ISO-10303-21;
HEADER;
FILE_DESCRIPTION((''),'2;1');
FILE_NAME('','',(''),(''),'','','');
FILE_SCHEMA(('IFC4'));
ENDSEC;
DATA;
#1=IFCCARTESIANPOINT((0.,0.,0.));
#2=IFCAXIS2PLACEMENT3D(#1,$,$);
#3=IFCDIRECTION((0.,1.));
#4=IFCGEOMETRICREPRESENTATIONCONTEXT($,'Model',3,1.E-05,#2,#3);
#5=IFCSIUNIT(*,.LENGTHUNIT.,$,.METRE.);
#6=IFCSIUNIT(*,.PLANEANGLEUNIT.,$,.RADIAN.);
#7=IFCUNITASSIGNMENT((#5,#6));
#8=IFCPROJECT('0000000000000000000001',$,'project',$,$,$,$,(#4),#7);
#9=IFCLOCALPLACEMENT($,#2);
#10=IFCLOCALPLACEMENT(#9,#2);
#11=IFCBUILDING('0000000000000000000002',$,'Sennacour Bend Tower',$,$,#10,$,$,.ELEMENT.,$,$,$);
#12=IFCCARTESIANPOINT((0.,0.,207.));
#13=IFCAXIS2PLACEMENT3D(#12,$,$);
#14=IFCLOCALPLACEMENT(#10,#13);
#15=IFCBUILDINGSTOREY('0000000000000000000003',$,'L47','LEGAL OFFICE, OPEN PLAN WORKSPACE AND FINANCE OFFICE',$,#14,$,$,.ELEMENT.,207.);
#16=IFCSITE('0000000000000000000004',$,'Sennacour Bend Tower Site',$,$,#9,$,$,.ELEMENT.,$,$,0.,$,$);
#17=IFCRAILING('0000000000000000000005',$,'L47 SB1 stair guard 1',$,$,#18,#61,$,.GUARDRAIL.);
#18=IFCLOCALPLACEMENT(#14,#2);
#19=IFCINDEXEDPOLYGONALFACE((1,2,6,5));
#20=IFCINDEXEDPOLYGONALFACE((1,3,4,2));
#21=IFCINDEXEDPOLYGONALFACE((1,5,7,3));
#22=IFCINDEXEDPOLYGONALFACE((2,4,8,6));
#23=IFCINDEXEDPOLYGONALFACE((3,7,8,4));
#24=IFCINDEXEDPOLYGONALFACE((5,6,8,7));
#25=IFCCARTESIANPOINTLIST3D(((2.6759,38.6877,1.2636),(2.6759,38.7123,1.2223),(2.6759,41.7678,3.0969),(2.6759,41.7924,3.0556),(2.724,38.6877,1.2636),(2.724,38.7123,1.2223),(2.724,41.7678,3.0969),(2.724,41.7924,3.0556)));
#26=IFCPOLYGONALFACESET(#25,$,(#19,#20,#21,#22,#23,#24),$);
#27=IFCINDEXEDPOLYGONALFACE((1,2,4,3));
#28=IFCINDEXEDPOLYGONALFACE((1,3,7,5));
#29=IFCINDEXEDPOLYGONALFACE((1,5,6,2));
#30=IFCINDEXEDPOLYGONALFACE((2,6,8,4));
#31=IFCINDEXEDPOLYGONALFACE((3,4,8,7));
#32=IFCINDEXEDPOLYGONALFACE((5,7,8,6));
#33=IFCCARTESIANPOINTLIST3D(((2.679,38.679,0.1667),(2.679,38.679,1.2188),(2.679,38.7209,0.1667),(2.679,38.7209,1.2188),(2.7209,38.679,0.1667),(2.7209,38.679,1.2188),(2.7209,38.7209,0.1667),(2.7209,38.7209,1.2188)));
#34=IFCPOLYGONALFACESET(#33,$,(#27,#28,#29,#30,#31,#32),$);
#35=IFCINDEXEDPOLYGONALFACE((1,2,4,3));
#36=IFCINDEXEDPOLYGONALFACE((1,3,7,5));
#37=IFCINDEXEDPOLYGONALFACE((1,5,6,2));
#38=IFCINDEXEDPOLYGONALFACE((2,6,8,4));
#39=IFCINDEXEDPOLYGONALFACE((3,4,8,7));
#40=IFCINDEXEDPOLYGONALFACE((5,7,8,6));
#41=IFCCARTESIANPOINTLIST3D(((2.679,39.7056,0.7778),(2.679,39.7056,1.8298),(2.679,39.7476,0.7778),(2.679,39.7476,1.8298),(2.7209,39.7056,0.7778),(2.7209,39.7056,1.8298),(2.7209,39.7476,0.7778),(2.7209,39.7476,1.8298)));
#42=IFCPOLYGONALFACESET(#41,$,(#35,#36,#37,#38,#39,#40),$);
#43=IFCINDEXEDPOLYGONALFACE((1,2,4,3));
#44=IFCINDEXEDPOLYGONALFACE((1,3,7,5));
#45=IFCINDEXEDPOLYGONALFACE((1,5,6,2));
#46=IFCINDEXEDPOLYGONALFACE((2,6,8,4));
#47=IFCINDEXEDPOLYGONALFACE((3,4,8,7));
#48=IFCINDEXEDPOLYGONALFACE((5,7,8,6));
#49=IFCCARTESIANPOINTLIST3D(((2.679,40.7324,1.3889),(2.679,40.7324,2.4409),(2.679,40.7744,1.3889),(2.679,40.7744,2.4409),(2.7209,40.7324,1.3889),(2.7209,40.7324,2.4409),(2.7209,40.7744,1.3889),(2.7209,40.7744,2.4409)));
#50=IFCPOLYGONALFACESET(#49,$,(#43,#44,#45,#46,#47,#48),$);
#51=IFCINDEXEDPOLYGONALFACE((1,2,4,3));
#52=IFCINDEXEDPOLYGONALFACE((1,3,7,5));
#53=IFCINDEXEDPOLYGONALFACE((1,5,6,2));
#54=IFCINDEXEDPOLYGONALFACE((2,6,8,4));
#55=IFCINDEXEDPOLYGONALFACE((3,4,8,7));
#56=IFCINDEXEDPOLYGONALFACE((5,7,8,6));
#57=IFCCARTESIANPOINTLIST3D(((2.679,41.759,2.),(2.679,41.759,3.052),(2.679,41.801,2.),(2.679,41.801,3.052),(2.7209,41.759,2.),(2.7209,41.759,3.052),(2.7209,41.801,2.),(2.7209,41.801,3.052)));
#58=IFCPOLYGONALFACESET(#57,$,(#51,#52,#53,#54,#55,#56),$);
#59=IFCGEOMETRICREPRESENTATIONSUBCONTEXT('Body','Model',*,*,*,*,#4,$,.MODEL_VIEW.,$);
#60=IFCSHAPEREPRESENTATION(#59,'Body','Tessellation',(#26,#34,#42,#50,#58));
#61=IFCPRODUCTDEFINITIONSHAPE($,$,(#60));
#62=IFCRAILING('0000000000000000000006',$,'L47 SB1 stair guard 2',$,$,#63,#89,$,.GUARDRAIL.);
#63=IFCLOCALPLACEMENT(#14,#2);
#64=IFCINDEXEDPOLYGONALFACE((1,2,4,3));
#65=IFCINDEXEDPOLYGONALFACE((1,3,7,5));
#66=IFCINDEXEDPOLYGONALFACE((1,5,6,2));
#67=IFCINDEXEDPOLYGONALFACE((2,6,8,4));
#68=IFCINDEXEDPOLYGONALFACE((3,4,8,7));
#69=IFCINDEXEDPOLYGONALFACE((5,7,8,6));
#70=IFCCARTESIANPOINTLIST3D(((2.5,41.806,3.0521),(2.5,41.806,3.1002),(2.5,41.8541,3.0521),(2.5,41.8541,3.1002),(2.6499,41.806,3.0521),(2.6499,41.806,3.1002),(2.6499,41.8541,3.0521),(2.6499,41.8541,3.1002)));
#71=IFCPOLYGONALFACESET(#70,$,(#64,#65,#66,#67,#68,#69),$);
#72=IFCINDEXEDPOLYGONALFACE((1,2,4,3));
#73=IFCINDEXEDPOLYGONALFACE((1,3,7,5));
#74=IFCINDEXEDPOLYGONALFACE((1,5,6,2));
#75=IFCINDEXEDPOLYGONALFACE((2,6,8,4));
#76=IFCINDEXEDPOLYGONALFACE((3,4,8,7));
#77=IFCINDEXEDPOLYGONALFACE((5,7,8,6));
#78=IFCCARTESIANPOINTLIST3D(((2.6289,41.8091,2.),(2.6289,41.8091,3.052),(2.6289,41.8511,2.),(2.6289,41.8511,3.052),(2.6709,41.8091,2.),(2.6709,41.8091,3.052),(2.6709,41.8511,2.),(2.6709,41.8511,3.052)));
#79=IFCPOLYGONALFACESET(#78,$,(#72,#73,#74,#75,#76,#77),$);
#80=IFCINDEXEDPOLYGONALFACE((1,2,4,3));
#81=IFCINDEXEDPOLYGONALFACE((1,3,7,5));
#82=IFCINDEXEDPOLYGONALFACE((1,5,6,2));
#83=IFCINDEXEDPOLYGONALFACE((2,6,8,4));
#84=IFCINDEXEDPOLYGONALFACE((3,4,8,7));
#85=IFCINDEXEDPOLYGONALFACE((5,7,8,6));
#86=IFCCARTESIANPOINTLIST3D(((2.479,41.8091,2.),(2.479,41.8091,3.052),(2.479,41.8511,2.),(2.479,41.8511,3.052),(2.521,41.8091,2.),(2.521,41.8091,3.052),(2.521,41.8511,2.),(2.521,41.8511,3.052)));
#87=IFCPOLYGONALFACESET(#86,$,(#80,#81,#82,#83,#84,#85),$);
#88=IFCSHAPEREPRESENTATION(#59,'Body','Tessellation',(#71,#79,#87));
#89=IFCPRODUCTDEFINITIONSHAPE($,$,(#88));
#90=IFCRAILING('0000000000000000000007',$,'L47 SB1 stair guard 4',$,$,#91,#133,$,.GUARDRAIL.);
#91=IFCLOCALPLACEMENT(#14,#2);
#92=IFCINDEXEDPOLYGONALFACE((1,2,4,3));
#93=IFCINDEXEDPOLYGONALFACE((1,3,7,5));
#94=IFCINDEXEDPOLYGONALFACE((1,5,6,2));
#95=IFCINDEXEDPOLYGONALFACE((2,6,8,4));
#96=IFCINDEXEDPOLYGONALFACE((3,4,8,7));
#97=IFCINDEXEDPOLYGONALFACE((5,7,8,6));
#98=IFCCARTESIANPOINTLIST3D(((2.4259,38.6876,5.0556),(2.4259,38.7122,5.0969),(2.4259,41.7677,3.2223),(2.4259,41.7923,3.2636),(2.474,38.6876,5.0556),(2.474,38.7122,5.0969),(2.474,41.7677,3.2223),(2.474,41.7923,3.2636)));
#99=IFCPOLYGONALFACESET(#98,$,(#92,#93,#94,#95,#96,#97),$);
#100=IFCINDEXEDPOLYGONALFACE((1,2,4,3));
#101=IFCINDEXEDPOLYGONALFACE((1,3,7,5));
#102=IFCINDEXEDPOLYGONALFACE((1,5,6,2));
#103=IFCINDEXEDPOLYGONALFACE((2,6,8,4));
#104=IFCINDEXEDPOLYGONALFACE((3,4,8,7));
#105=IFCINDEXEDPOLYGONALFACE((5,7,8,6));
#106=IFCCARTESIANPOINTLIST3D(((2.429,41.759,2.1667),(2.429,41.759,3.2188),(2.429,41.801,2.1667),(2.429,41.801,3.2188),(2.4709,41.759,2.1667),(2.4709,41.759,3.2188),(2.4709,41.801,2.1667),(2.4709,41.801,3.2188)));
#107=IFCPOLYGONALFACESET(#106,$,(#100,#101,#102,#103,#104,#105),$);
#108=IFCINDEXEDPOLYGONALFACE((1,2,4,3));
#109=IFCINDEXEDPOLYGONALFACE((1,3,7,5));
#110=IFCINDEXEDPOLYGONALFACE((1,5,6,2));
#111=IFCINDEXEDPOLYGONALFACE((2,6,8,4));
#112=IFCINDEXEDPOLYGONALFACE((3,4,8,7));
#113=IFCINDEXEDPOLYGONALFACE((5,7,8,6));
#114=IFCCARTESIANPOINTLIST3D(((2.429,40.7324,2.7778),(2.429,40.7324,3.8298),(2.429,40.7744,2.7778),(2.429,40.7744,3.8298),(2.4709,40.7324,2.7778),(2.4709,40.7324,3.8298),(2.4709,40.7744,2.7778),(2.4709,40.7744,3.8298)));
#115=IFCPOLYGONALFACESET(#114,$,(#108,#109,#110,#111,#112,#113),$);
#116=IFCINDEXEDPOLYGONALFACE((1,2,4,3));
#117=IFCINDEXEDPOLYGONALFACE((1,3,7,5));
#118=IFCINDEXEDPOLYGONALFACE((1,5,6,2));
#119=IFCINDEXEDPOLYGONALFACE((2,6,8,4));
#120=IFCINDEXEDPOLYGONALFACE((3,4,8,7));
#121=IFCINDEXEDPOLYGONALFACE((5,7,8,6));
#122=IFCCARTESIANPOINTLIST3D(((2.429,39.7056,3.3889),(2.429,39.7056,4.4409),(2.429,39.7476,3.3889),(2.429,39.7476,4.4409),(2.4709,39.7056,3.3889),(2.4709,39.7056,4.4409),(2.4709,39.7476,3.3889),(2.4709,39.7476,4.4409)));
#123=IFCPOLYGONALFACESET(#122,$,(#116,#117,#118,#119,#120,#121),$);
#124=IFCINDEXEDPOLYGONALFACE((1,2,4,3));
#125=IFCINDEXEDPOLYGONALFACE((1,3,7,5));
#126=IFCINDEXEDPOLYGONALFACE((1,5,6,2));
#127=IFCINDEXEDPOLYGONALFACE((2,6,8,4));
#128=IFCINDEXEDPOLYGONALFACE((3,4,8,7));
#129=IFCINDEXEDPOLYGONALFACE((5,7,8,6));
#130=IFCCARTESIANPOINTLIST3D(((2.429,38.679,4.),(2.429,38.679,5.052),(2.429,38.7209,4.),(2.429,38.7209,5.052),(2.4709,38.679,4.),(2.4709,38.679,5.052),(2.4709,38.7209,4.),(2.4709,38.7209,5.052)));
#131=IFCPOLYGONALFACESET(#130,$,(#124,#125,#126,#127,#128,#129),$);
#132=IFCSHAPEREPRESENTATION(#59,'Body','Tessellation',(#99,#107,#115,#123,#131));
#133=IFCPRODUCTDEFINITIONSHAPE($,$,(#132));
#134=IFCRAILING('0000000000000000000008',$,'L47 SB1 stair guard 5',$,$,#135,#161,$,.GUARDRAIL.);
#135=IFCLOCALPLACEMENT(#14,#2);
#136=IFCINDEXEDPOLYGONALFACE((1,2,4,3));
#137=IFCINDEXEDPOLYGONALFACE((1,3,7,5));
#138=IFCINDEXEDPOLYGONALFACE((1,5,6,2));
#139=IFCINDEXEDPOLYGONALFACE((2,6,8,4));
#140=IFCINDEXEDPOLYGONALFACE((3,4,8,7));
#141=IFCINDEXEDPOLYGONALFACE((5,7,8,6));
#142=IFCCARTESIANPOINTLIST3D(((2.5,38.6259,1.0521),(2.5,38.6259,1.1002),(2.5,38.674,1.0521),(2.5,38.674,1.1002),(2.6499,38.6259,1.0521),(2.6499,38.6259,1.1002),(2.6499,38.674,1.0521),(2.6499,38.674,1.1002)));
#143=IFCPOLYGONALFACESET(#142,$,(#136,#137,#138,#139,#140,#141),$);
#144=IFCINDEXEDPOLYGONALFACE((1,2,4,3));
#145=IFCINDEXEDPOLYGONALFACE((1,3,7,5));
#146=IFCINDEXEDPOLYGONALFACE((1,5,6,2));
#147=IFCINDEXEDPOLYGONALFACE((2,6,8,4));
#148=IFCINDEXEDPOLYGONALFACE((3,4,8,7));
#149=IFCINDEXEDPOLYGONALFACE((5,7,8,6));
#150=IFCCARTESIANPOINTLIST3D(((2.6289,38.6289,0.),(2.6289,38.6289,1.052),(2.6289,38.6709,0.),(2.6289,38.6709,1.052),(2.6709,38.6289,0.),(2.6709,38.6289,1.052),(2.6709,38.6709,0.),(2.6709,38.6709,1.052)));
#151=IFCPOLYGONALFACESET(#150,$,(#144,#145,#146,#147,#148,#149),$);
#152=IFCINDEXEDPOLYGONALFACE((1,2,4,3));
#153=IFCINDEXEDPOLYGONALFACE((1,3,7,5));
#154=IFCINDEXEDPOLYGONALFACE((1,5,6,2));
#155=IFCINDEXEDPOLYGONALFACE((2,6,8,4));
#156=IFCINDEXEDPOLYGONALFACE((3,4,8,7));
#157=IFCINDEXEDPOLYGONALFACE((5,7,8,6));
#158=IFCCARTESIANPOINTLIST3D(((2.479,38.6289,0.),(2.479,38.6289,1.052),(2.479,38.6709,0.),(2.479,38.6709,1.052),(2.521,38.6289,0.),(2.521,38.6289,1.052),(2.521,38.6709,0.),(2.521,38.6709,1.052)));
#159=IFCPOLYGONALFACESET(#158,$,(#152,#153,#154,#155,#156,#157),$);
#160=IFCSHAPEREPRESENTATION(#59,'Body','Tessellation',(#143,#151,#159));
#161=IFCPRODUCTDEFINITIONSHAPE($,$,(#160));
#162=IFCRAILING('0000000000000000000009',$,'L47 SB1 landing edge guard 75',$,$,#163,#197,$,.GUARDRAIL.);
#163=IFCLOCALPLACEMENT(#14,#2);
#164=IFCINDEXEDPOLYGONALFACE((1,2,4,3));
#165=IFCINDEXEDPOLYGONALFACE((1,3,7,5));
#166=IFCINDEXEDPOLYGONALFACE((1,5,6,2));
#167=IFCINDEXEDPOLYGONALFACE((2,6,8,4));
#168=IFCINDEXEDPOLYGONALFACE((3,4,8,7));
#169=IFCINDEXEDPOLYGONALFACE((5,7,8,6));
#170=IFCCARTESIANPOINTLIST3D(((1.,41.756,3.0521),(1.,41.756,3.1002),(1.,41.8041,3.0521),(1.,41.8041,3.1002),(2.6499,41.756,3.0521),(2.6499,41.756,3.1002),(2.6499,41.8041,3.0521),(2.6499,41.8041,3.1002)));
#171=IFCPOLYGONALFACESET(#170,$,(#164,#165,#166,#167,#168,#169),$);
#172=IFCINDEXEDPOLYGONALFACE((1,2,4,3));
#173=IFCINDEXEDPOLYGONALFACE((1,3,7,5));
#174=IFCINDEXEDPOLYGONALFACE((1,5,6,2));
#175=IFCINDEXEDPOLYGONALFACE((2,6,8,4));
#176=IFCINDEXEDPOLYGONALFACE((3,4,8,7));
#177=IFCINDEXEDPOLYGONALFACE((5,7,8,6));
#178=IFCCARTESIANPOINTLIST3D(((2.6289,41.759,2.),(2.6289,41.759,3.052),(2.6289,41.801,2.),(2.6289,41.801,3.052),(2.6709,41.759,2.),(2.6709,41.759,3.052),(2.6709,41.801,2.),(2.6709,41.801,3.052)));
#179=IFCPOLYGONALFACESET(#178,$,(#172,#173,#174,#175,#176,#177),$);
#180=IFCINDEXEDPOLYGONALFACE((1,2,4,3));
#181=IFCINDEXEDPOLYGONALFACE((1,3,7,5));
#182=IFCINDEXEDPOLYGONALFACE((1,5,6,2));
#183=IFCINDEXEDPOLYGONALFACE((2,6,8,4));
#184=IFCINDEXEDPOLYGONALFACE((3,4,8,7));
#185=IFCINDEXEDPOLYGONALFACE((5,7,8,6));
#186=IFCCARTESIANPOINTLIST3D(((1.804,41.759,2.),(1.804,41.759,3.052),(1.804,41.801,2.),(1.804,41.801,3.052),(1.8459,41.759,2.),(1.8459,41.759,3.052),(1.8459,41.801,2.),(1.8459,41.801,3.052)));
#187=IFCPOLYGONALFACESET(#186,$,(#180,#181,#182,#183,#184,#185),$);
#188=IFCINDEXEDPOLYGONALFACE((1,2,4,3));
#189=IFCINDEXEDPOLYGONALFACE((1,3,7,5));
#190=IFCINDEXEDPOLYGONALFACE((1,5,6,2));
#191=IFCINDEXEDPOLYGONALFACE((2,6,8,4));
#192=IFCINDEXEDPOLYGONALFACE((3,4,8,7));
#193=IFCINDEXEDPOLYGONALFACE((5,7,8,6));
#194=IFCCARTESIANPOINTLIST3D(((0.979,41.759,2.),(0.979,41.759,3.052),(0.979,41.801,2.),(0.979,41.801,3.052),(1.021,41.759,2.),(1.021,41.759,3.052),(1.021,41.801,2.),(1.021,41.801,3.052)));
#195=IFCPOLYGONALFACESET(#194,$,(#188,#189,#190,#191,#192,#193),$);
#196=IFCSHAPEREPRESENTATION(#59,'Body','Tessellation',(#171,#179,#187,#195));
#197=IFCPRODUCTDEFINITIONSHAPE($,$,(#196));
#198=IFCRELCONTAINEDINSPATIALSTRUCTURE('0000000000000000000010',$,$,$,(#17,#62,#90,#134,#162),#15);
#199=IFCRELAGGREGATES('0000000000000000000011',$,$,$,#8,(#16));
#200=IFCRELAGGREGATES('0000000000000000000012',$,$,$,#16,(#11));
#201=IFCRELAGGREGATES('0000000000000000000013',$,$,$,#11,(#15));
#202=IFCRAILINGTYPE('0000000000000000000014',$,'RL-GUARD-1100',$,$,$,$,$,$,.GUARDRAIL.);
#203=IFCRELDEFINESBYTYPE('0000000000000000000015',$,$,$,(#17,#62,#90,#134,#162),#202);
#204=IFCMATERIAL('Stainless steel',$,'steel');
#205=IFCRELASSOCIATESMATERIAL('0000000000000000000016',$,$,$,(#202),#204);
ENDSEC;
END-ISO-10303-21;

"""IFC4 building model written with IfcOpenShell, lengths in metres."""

from ifc_helpers import new_model, si_unit, direction, frame, origin, origin_2d, place, context, subcontext, project, spatial, rectangle, extrude, material, type_object, element, save


model = new_model("IFC4")

# Units and contexts
model_context = context("Model", 3, precision=1e-05, world=origin(), true_north=direction((0.0, 1.0)))
body_context = subcontext(model_context, "Body", "Model", "MODEL_VIEW")
ifc_project = project(units=[si_unit("LENGTHUNIT", "METRE"), si_unit("PLANEANGLEUNIT", "RADIAN")], contexts=[model_context])

# Site, building, storey
site_placement = place(None, origin())
site = spatial("IfcSite", under=ifc_project, at=site_placement, Name="Sennacour Bend Tower Site", CompositionType="ELEMENT", RefElevation=0.0)
building_placement = place(site_placement, origin())
building = spatial("IfcBuilding", under=site, at=building_placement, Name="Sennacour Bend Tower", CompositionType="ELEMENT")
storey_placement = place(building_placement, frame((0.0, 0.0, 207.0)))
storey = spatial("IfcBuildingStorey", under=building, at=storey_placement, Name="L47", Description="LEGAL OFFICE, OPEN PLAN WORKSPACE AND FINANCE OFFICE", CompositionType="ELEMENT", Elevation=207.0)

# Railings
ifc_material_1 = material(Name="Stainless steel", Category="steel")
railing_type_1 = type_object("IfcRailingType", Name="RL-GUARD-1100", PredefinedType="GUARDRAIL", material=ifc_material_1)
railing_1_placement = place(storey_placement, frame((2.7, 38.7, 0.1667)))
element("IfcRailing", 1, at=railing_1_placement, inside=storey, type_object=railing_type_1, Name="L47 SB1 stair guard 1", PredefinedType="GUARDRAIL", context=body_context, shape_type="SweptSolid", body=[
    extrude(rectangle(XDim=0.0481, YDim=0.0481, at=origin_2d()), frame((0.0, 0.0, 1.0762), z_axis=(0.0, 0.859309, 0.511458), x_axis=(-1.0, 0.0, 0.0)), (0.0, 0.0, 1.0), 3.5845),
    extrude(rectangle(XDim=0.042, YDim=0.042, at=origin_2d()), origin(), (0.0, 0.0, 1.0), 1.052),
    extrude(rectangle(XDim=0.042, YDim=0.042, at=origin_2d()), frame((0.0, 1.0266, 0.6111)), (0.0, 0.0, 1.0), 1.052),
    extrude(rectangle(XDim=0.042, YDim=0.042, at=origin_2d()), frame((0.0, 2.0535, 1.2222)), (0.0, 0.0, 1.0), 1.052),
    extrude(rectangle(XDim=0.042, YDim=0.042, at=origin_2d()), frame((0.0, 3.0801, 1.8333)), (0.0, 0.0, 1.0), 1.052),
])
railing_2_placement = place(storey_placement, frame((2.6499, 41.8301, 2.0)))
element("IfcRailing", 2, at=railing_2_placement, inside=storey, type_object=railing_type_1, Name="L47 SB1 stair guard 2", PredefinedType="GUARDRAIL", context=body_context, shape_type="SweptSolid", body=[
    extrude(rectangle(XDim=0.0481, YDim=0.0481, at=origin_2d()), frame((0.0, 0.0, 1.0762), z_axis=(-1.0, 0.0, 0.0), x_axis=(0.0, -1.0, 0.0)), (0.0, 0.0, 1.0), 0.1499),
    extrude(rectangle(XDim=0.042, YDim=0.042, at=origin_2d()), origin(), (0.0, 0.0, 1.0), 1.052),
    extrude(rectangle(XDim=0.042, YDim=0.042, at=origin_2d()), frame((-0.1499, 0.0, 0.0)), (0.0, 0.0, 1.0), 1.052),
])
railing_3_placement = place(storey_placement, frame((2.45, 41.78, 2.1667)))
element("IfcRailing", 3, at=railing_3_placement, inside=storey, type_object=railing_type_1, Name="L47 SB1 stair guard 4", PredefinedType="GUARDRAIL", context=body_context, shape_type="SweptSolid", body=[
    extrude(rectangle(XDim=0.0481, YDim=0.0481, at=origin_2d()), frame((0.0, 0.0, 1.0762), z_axis=(0.0, -0.859309, 0.511458), x_axis=(1.0, 0.0, 0.0)), (0.0, 0.0, 1.0), 3.5845),
    extrude(rectangle(XDim=0.042, YDim=0.042, at=origin_2d()), origin(), (0.0, 0.0, 1.0), 1.052),
    extrude(rectangle(XDim=0.042, YDim=0.042, at=origin_2d()), frame((0.0, -1.0266, 0.6111)), (0.0, 0.0, 1.0), 1.052),
    extrude(rectangle(XDim=0.042, YDim=0.042, at=origin_2d()), frame((0.0, -2.0535, 1.2222)), (0.0, 0.0, 1.0), 1.052),
    extrude(rectangle(XDim=0.042, YDim=0.042, at=origin_2d()), frame((0.0, -3.0801, 1.8333)), (0.0, 0.0, 1.0), 1.052),
])
railing_4_placement = place(storey_placement, frame((2.6499, 38.6499, 0.0)))
element("IfcRailing", 4, at=railing_4_placement, inside=storey, type_object=railing_type_1, Name="L47 SB1 stair guard 5", PredefinedType="GUARDRAIL", context=body_context, shape_type="SweptSolid", body=[
    extrude(rectangle(XDim=0.0481, YDim=0.0481, at=origin_2d()), frame((0.0, 0.0, 1.0762), z_axis=(-1.0, 0.0, 0.0), x_axis=(0.0, -1.0, 0.0)), (0.0, 0.0, 1.0), 0.1499),
    extrude(rectangle(XDim=0.042, YDim=0.042, at=origin_2d()), origin(), (0.0, 0.0, 1.0), 1.052),
    extrude(rectangle(XDim=0.042, YDim=0.042, at=origin_2d()), frame((-0.1499, 0.0, 0.0)), (0.0, 0.0, 1.0), 1.052),
])
railing_5_placement = place(storey_placement, frame((2.6499, 41.78, 2.0)))
element("IfcRailing", 5, at=railing_5_placement, inside=storey, type_object=railing_type_1, Name="L47 SB1 landing edge guard 75", PredefinedType="GUARDRAIL", context=body_context, shape_type="SweptSolid", body=[
    extrude(rectangle(XDim=0.0481, YDim=0.0481, at=origin_2d()), frame((0.0, 0.0, 1.0762), z_axis=(-1.0, 0.0, 0.0), x_axis=(0.0, -1.0, 0.0)), (0.0, 0.0, 1.0), 1.6499),
    extrude(rectangle(XDim=0.042, YDim=0.042, at=origin_2d()), origin(), (0.0, 0.0, 1.0), 1.052),
    extrude(rectangle(XDim=0.042, YDim=0.042, at=origin_2d()), frame((-0.825, 0.0, 0.0)), (0.0, 0.0, 1.0), 1.052),
    extrude(rectangle(XDim=0.042, YDim=0.042, at=origin_2d()), frame((-1.6499, 0.0, 0.0)), (0.0, 0.0, 1.0), 1.052),
])

save(model, "model.ifc")
